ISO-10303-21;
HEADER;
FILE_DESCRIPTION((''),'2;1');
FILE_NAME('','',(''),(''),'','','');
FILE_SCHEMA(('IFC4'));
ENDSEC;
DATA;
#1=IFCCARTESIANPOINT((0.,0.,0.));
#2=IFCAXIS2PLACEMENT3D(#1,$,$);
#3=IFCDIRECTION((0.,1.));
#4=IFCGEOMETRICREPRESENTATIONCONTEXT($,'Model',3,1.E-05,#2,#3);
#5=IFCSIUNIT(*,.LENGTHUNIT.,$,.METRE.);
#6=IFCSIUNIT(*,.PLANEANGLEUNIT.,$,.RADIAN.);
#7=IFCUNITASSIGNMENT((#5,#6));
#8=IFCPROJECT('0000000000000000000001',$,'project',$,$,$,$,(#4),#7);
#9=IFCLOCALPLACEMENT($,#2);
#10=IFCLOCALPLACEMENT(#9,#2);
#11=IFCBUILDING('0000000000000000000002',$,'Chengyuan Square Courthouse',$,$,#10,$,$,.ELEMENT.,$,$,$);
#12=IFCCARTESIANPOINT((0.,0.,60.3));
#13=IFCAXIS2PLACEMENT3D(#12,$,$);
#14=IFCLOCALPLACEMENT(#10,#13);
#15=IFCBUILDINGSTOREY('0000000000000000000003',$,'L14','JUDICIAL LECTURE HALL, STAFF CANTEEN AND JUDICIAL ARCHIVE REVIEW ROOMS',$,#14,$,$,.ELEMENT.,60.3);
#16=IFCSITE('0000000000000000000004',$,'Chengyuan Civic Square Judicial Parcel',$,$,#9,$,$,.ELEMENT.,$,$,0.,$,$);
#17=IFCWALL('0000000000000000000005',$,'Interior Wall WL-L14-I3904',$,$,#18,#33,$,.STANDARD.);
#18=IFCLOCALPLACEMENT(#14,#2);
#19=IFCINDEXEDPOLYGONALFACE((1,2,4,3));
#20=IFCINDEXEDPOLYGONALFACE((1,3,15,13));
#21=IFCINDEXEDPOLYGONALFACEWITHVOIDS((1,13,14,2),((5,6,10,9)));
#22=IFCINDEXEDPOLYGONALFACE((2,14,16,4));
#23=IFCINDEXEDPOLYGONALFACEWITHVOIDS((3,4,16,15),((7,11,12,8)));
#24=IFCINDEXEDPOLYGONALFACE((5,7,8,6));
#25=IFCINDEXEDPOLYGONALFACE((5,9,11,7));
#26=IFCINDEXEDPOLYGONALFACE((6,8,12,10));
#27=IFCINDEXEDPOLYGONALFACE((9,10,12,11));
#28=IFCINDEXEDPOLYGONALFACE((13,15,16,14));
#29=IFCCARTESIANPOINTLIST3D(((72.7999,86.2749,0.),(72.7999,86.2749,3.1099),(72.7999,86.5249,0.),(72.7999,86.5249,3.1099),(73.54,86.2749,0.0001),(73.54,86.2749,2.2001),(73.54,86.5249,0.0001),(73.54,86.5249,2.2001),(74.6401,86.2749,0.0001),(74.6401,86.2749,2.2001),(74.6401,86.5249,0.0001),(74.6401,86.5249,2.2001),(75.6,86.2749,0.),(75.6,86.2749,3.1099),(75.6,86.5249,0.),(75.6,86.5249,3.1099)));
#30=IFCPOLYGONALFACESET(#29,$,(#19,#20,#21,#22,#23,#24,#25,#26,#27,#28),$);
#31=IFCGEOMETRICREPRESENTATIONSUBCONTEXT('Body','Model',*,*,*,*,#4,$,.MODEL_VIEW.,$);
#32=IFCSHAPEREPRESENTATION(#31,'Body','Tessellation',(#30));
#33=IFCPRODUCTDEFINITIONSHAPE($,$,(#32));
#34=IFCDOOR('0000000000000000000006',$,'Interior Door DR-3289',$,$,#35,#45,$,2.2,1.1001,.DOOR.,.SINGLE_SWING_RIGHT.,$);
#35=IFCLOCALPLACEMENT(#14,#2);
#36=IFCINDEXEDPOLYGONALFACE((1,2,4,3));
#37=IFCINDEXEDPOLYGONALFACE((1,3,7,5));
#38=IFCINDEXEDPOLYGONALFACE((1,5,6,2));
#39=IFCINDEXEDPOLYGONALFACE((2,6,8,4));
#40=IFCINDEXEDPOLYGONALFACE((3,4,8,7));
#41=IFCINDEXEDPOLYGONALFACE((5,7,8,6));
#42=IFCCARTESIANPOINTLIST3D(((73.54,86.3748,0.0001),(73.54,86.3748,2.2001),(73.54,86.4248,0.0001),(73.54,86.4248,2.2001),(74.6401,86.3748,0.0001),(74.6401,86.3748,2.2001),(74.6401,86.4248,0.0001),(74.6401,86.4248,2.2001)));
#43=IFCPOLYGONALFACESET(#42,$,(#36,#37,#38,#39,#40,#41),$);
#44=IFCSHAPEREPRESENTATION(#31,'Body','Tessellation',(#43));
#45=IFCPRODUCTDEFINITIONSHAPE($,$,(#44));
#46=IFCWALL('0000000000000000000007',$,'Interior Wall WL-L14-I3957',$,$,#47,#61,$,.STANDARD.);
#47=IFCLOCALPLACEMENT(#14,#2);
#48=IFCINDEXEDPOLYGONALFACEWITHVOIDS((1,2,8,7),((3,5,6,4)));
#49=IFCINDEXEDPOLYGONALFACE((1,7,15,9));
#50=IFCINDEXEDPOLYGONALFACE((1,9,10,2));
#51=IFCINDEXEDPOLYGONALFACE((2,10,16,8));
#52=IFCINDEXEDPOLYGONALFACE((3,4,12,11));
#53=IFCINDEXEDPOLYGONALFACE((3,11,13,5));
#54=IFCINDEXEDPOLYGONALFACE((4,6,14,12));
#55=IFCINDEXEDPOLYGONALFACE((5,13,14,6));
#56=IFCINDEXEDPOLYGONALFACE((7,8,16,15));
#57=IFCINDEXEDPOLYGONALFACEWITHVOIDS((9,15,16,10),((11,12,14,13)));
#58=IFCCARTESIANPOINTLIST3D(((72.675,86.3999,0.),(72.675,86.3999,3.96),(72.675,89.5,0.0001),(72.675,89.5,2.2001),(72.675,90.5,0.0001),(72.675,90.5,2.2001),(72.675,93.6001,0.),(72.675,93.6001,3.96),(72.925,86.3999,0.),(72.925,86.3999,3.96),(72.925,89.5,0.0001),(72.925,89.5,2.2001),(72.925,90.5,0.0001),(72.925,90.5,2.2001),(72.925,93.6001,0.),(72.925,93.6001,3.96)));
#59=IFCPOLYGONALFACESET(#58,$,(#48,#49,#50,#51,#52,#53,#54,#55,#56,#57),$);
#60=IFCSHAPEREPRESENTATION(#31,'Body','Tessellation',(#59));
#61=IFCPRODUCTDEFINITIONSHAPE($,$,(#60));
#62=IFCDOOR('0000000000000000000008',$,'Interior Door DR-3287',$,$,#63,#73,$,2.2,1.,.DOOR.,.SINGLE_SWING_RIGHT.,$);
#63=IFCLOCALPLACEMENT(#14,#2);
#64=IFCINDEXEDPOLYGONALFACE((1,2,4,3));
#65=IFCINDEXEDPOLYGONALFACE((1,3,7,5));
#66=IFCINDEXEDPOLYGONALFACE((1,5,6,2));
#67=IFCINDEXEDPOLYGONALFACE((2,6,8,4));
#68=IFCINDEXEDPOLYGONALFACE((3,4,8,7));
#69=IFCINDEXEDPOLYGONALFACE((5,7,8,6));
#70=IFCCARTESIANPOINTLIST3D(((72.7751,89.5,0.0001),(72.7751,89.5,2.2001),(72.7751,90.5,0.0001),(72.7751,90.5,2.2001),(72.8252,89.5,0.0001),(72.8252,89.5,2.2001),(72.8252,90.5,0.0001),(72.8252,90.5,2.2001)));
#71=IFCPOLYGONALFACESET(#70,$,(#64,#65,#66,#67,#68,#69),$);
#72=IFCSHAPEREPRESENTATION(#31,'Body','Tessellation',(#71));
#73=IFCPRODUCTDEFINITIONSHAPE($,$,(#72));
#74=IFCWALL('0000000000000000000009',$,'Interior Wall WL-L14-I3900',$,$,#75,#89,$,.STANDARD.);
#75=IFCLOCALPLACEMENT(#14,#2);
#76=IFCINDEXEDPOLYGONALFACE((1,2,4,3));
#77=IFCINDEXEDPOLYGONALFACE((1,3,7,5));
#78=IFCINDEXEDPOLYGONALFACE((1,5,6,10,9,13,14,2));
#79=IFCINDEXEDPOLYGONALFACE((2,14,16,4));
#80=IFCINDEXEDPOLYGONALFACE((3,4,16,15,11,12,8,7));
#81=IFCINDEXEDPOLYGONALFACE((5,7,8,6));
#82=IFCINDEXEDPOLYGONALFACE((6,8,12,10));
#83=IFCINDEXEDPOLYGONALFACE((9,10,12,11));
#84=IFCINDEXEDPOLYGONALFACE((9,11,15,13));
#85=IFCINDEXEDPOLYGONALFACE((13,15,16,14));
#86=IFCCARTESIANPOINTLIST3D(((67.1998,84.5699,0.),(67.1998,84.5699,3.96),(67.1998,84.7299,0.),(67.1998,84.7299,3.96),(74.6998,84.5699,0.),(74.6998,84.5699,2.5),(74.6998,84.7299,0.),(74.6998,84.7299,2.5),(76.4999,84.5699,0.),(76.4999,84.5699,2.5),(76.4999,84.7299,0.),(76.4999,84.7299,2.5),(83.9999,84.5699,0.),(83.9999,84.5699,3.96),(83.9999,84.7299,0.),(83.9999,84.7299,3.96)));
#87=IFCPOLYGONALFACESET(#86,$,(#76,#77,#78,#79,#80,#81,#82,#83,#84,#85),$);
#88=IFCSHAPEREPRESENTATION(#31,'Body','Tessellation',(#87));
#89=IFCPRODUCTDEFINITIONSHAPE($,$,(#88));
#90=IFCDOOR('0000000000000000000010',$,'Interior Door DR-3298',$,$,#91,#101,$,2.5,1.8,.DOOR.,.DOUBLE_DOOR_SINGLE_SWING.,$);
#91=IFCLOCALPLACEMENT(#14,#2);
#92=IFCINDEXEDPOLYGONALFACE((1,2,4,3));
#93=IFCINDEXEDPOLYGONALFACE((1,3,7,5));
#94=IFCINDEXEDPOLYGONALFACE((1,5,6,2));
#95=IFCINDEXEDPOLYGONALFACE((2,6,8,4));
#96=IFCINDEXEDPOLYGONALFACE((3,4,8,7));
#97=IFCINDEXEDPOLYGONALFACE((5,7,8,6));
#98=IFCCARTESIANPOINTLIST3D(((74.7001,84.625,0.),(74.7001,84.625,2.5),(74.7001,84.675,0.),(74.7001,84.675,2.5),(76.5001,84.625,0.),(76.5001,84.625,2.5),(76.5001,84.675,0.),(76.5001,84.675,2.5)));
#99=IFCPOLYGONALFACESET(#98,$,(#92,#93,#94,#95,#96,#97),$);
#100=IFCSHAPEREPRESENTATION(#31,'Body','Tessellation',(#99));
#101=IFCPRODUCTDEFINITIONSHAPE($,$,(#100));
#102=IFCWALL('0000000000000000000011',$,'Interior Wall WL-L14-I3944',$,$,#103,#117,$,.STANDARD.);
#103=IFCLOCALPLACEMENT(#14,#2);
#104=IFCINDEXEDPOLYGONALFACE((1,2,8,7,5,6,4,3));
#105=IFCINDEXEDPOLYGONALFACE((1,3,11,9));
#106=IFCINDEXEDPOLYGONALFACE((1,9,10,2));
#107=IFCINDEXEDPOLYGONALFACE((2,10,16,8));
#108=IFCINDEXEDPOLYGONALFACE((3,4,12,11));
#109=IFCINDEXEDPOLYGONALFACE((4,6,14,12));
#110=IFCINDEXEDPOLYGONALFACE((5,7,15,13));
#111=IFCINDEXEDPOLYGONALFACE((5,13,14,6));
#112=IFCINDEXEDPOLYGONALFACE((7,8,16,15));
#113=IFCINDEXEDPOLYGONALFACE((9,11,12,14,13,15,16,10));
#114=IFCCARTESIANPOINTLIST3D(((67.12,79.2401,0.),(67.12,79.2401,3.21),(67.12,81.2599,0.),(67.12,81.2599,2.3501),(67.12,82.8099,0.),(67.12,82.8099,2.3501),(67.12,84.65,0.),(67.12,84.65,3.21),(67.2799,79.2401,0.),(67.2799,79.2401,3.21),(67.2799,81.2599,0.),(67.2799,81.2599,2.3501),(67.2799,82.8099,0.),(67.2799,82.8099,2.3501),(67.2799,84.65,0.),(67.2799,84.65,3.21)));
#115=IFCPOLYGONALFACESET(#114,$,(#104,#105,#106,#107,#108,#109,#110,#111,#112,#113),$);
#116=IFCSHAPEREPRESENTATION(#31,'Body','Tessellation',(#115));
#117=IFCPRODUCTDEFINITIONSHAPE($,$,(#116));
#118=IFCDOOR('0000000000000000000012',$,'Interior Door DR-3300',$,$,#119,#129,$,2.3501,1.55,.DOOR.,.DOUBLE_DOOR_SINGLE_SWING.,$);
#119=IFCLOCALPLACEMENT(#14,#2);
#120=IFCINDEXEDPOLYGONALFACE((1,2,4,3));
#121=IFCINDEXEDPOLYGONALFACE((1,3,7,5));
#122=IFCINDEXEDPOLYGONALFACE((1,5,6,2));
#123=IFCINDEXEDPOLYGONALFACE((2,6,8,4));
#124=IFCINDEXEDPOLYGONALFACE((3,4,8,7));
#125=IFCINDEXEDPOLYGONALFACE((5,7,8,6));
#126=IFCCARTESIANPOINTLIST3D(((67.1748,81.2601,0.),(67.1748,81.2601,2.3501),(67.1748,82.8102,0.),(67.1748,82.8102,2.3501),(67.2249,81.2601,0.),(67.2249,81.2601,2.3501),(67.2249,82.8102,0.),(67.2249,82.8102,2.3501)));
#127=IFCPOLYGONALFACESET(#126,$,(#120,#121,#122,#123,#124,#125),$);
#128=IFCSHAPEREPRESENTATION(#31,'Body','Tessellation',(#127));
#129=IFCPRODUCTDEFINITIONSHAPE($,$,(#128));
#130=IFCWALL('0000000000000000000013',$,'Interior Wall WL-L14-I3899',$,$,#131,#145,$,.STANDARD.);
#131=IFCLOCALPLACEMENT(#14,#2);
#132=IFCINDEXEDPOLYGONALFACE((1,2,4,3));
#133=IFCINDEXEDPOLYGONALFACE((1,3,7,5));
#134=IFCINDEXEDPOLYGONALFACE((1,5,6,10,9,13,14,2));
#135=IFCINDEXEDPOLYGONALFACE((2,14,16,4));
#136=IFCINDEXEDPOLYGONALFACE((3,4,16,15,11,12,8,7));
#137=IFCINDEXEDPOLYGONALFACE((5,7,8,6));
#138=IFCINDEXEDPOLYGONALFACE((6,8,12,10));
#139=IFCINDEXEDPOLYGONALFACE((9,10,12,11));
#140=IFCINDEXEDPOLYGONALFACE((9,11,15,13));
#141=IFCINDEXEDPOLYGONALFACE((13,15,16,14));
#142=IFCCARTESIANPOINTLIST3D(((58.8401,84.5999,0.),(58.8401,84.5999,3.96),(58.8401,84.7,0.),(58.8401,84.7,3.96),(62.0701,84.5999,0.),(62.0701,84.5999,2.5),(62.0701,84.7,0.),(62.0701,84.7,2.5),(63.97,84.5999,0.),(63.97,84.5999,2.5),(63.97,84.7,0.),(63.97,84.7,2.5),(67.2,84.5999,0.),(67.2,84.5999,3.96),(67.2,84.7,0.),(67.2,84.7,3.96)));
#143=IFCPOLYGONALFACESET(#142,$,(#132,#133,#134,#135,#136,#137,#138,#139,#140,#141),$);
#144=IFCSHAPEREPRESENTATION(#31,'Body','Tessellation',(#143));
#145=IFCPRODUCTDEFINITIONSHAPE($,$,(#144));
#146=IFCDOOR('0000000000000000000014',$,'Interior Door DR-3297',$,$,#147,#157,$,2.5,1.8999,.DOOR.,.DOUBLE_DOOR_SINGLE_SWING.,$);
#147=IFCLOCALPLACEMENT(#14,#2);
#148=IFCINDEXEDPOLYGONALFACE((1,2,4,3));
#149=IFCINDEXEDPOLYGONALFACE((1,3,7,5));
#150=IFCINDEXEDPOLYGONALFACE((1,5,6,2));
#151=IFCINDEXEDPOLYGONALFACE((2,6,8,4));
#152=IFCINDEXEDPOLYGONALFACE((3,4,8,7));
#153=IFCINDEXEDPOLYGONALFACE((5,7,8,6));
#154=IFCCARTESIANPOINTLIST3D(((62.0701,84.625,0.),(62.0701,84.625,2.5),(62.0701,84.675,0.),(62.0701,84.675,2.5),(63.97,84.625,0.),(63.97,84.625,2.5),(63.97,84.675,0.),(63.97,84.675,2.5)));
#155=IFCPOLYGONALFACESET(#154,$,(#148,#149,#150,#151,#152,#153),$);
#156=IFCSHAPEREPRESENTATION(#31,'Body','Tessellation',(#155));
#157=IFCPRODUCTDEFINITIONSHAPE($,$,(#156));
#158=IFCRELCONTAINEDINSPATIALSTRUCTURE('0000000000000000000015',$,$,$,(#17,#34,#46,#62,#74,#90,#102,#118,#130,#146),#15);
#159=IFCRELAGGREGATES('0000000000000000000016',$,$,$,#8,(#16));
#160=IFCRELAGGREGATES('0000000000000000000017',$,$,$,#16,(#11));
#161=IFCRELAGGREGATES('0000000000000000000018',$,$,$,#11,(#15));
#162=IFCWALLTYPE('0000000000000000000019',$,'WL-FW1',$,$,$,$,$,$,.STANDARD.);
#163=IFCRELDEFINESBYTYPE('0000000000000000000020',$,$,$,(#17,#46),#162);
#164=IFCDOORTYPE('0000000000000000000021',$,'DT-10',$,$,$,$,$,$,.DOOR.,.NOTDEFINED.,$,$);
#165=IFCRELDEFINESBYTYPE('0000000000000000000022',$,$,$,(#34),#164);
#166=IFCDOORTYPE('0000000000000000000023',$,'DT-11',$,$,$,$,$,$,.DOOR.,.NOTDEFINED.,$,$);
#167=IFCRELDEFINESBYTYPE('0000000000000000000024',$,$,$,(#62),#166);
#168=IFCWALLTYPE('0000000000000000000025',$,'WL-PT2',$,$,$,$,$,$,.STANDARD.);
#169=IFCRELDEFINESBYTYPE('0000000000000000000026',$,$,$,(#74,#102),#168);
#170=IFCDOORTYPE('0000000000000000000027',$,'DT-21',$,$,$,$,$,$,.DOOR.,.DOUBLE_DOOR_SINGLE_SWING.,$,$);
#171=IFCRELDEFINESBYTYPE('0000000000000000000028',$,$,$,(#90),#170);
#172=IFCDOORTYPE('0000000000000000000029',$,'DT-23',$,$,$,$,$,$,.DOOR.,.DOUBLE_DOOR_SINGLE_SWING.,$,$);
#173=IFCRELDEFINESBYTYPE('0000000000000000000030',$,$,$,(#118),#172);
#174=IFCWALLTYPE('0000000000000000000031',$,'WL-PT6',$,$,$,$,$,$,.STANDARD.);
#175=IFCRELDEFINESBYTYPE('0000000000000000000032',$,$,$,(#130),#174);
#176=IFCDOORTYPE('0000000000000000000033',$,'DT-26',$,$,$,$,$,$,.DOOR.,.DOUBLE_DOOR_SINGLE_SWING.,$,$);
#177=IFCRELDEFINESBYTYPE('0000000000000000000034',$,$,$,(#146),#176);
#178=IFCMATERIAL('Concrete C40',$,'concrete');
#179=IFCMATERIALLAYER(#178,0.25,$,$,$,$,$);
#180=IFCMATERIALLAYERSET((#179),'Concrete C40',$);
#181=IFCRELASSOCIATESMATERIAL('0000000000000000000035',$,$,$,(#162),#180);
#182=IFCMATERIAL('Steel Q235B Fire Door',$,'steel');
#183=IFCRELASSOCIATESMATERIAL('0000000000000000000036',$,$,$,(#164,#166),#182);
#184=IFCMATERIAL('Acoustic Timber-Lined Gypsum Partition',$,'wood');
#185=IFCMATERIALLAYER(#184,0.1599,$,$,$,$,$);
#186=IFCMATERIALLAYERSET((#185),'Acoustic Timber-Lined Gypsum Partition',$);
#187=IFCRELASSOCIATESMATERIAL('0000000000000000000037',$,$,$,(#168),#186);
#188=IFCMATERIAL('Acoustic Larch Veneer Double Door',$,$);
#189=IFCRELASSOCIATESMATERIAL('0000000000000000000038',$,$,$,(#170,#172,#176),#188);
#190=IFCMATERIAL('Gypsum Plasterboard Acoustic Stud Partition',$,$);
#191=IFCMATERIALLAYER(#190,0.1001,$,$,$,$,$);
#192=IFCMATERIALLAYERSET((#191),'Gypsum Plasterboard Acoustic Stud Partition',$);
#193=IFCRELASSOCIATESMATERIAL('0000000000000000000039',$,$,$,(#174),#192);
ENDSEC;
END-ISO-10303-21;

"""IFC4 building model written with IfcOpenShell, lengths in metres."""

from ifc_helpers import new_model, si_unit, direction, frame, frame_2d, origin, place, context, subcontext, project, spatial, rectangle, extrude, material, layer, layer_set, type_object, element, fill, save


model = new_model("IFC4")

# Units and contexts
model_context = context("Model", 3, precision=1e-05, world=origin(), true_north=direction((0.0, 1.0)))
body_context = subcontext(model_context, "Body", "Model", "MODEL_VIEW")
ifc_project = project(units=[si_unit("LENGTHUNIT", "METRE"), si_unit("PLANEANGLEUNIT", "RADIAN")], contexts=[model_context])

# Site, building, storey
site_placement = place(None, origin())
site = spatial("IfcSite", under=ifc_project, at=site_placement, Name="Chengyuan Civic Square Judicial Parcel", CompositionType="ELEMENT", RefElevation=0.0)
building_placement = place(site_placement, origin())
building = spatial("IfcBuilding", under=site, at=building_placement, Name="Chengyuan Square Courthouse", CompositionType="ELEMENT")
storey_placement = place(building_placement, frame((0.0, 0.0, 60.3)))
storey = spatial("IfcBuildingStorey", under=building, at=storey_placement, Name="L14", Description="JUDICIAL LECTURE HALL, STAFF CANTEEN AND JUDICIAL ARCHIVE REVIEW ROOMS", CompositionType="ELEMENT", Elevation=60.3)

# Shared definitions
ifc_material_1 = material(Name="Concrete C40", Category="concrete")

# Walls, openings, doors
ifc_layer_1 = layer(ifc_material_1, 0.25)
ifc_layer_set_1 = layer_set([ifc_layer_1], Name="Concrete C40")
wall_type_1 = type_object("IfcWallType", Name="WL-FW1", PredefinedType="STANDARD", material=ifc_layer_set_1)
wall_1_placement = place(storey_placement, frame((72.8, 86.3999, 0.0), z_axis=(0.0, 0.0, 1.0), x_axis=(1.0, 0.0, 0.0)))
wall_1 = element("IfcWall", 1, at=wall_1_placement, inside=storey, type_object=wall_type_1, Name="Interior Wall WL-L14-I3904", PredefinedType="STANDARD", context=body_context, shape_type="SweptSolid", body=[
    extrude(rectangle(XDim=2.8, YDim=0.25, at=frame_2d((1.3999, 0.0))), origin(), (0.0, 0.0, 1.0), 3.1099),
])
opening_1_placement = place(wall_1_placement, frame((0.74, 0.0, 0.0)))
opening_1 = element("IfcOpeningElement", 2, at=opening_1_placement, cuts=wall_1, PredefinedType="OPENING", context=body_context, shape_type="SweptSolid", body=[
    extrude(rectangle(XDim=1.1001, YDim=2.2, at=frame_2d((0.55, 1.1001))), frame((0.0, 0.137, 0.0), z_axis=(0.0, -1.0, 0.0), x_axis=(1.0, 0.0, 0.0)), (0.0, 0.0, 1.0), 0.2739),
])
ifc_material_2 = material(Name="Steel Q235B Fire Door", Category="steel")
door_type_1 = type_object("IfcDoorType", Name="DT-10", OperationType="NOTDEFINED", PredefinedType="DOOR", material=ifc_material_2)
door_1_placement = place(opening_1_placement, origin())
door_1 = element("IfcDoor", 3, at=door_1_placement, inside=storey, type_object=door_type_1, Name="Interior Door DR-3289", OperationType="SINGLE_SWING_RIGHT", OverallHeight=2.2, OverallWidth=1.1001, PredefinedType="DOOR", context=body_context, shape_type="SweptSolid", body=[
    extrude(rectangle(XDim=1.1001, YDim=2.2, at=frame_2d((0.55, 1.1001))), frame((0.0, 0.0249, 0.0), z_axis=(0.0, -1.0, 0.0), x_axis=(1.0, 0.0, 0.0)), (0.0, 0.0, 1.0), 0.05),
])
fill(opening_1, door_1)
wall_2_placement = place(storey_placement, frame((72.8, 86.3999, 0.0), z_axis=(0.0, 0.0, 1.0), x_axis=(0.0, 1.0, 0.0)))
wall_2 = element("IfcWall", 4, at=wall_2_placement, inside=storey, type_object=wall_type_1, Name="Interior Wall WL-L14-I3957", PredefinedType="STANDARD", context=body_context, shape_type="SweptSolid", body=[
    extrude(rectangle(XDim=7.2002, YDim=0.25, at=frame_2d((3.6001, 0.0))), origin(), (0.0, 0.0, 1.0), 3.96),
])
opening_2_placement = place(wall_2_placement, frame((3.1001, 0.0, 0.0)))
opening_2 = element("IfcOpeningElement", 5, at=opening_2_placement, cuts=wall_2, PredefinedType="OPENING", context=body_context, shape_type="SweptSolid", body=[
    extrude(rectangle(XDim=1.0, YDim=2.2, at=frame_2d((0.5, 1.1001))), frame((0.0, 0.137, 0.0), z_axis=(0.0, -1.0, 0.0), x_axis=(1.0, 0.0, 0.0)), (0.0, 0.0, 1.0), 0.2739),
])
door_type_2 = type_object("IfcDoorType", Name="DT-11", OperationType="NOTDEFINED", PredefinedType="DOOR", material=ifc_material_2)
door_2_placement = place(opening_2_placement, origin())
door_2 = element("IfcDoor", 6, at=door_2_placement, inside=storey, type_object=door_type_2, Name="Interior Door DR-3287", OperationType="SINGLE_SWING_RIGHT", OverallHeight=2.2, OverallWidth=1.0, PredefinedType="DOOR", context=body_context, shape_type="SweptSolid", body=[
    extrude(rectangle(XDim=1.0, YDim=2.2, at=frame_2d((0.5, 1.1001))), frame((0.0, 0.0249, 0.0), z_axis=(0.0, -1.0, 0.0), x_axis=(1.0, 0.0, 0.0)), (0.0, 0.0, 1.0), 0.05),
])
fill(opening_2, door_2)
ifc_material_3 = material(Name="Acoustic Timber-Lined Gypsum Partition", Category="wood")
ifc_layer_2 = layer(ifc_material_3, 0.1599)
ifc_layer_set_2 = layer_set([ifc_layer_2], Name="Acoustic Timber-Lined Gypsum Partition")
wall_type_2 = type_object("IfcWallType", Name="WL-PT2", PredefinedType="STANDARD", material=ifc_layer_set_2)
wall_3_placement = place(storey_placement, frame((67.2, 84.6499, 0.0), z_axis=(0.0, 0.0, 1.0), x_axis=(1.0, 0.0, 0.0)))
wall_3 = element("IfcWall", 7, at=wall_3_placement, inside=storey, type_object=wall_type_2, Name="Interior Wall WL-L14-I3900", PredefinedType="STANDARD", context=body_context, shape_type="SweptSolid", body=[
    extrude(rectangle(XDim=16.8, YDim=0.1599, at=frame_2d((8.3999, 0.0))), origin(), (0.0, 0.0, 1.0), 3.96),
])
opening_3_placement = place(wall_3_placement, frame((7.5, 0.0, 0.0)))
opening_3 = element("IfcOpeningElement", 8, at=opening_3_placement, cuts=wall_3, PredefinedType="OPENING", context=body_context, shape_type="SweptSolid", body=[
    extrude(rectangle(XDim=1.8, YDim=2.5, at=frame_2d((0.8999, 1.25))), frame((0.0, 0.092, 0.0), z_axis=(0.0, -1.0, 0.0), x_axis=(1.0, 0.0, 0.0)), (0.0, 0.0, 1.0), 0.1838),
])
ifc_material_4 = material(Name="Acoustic Larch Veneer Double Door")
door_type_3 = type_object("IfcDoorType", Name="DT-21", OperationType="DOUBLE_DOOR_SINGLE_SWING", PredefinedType="DOOR", material=ifc_material_4)
door_3_placement = place(opening_3_placement, frame((1.8, 0.0, 0.0), z_axis=(0.0, 0.0, 1.0), x_axis=(-1.0, 0.0, 0.0)))
door_3 = element("IfcDoor", 9, at=door_3_placement, inside=storey, type_object=door_type_3, Name="Interior Door DR-3298", OperationType="DOUBLE_DOOR_SINGLE_SWING", OverallHeight=2.5, OverallWidth=1.8, PredefinedType="DOOR", context=body_context, shape_type="SweptSolid", body=[
    extrude(rectangle(XDim=1.8, YDim=2.5, at=frame_2d((0.8999, 1.25))), frame((0.0, 0.0249, 0.0), z_axis=(0.0, -1.0, 0.0), x_axis=(1.0, 0.0, 0.0)), (0.0, 0.0, 1.0), 0.05),
])
fill(opening_3, door_3)
wall_4_placement = place(storey_placement, frame((67.2, 79.24, 0.0), z_axis=(0.0, 0.0, 1.0), x_axis=(0.0, 1.0, 0.0)))
wall_4 = element("IfcWall", 10, at=wall_4_placement, inside=storey, type_object=wall_type_2, Name="Interior Wall WL-L14-I3944", PredefinedType="STANDARD", context=body_context, shape_type="SweptSolid", body=[
    extrude(rectangle(XDim=5.4099, YDim=0.1599, at=frame_2d((2.7051, 0.0))), origin(), (0.0, 0.0, 1.0), 3.21),
])
opening_4_placement = place(wall_4_placement, frame((2.02, 0.0, 0.0)))
opening_4 = element("IfcOpeningElement", 11, at=opening_4_placement, cuts=wall_4, PredefinedType="OPENING", context=body_context, shape_type="SweptSolid", body=[
    extrude(rectangle(XDim=1.55, YDim=2.3501, at=frame_2d((0.7749, 1.175))), frame((0.0, 0.092, 0.0), z_axis=(0.0, -1.0, 0.0), x_axis=(1.0, 0.0, 0.0)), (0.0, 0.0, 1.0), 0.1838),
])
door_type_4 = type_object("IfcDoorType", Name="DT-23", OperationType="DOUBLE_DOOR_SINGLE_SWING", PredefinedType="DOOR", material=ifc_material_4)
door_4_placement = place(opening_4_placement, frame((1.55, 0.0, 0.0), z_axis=(0.0, 0.0, 1.0), x_axis=(-1.0, 0.0, 0.0)))
door_4 = element("IfcDoor", 12, at=door_4_placement, inside=storey, type_object=door_type_4, Name="Interior Door DR-3300", OperationType="DOUBLE_DOOR_SINGLE_SWING", OverallHeight=2.3501, OverallWidth=1.55, PredefinedType="DOOR", context=body_context, shape_type="SweptSolid", body=[
    extrude(rectangle(XDim=1.55, YDim=2.3501, at=frame_2d((0.7749, 1.175))), frame((0.0, 0.0249, 0.0), z_axis=(0.0, -1.0, 0.0), x_axis=(1.0, 0.0, 0.0)), (0.0, 0.0, 1.0), 0.05),
])
fill(opening_4, door_4)
ifc_material_5 = material(Name="Gypsum Plasterboard Acoustic Stud Partition")
ifc_layer_3 = layer(ifc_material_5, 0.1001)
ifc_layer_set_3 = layer_set([ifc_layer_3], Name="Gypsum Plasterboard Acoustic Stud Partition")
wall_type_3 = type_object("IfcWallType", Name="WL-PT6", PredefinedType="STANDARD", material=ifc_layer_set_3)
wall_5_placement = place(storey_placement, frame((58.8401, 84.6499, 0.0), z_axis=(0.0, 0.0, 1.0), x_axis=(1.0, 0.0, 0.0)))
wall_5 = element("IfcWall", 13, at=wall_5_placement, inside=storey, type_object=wall_type_3, Name="Interior Wall WL-L14-I3899", PredefinedType="STANDARD", context=body_context, shape_type="SweptSolid", body=[
    extrude(rectangle(XDim=8.3599, YDim=0.1001, at=frame_2d((4.1799, 0.0))), origin(), (0.0, 0.0, 1.0), 3.96),
])
opening_5_placement = place(wall_5_placement, frame((3.23, 0.0, 0.0)))
opening_5 = element("IfcOpeningElement", 14, at=opening_5_placement, cuts=wall_5, PredefinedType="OPENING", context=body_context, shape_type="SweptSolid", body=[
    extrude(rectangle(XDim=1.8999, YDim=2.5, at=frame_2d((0.95, 1.25))), frame((0.0, 0.062, 0.0), z_axis=(0.0, -1.0, 0.0), x_axis=(1.0, 0.0, 0.0)), (0.0, 0.0, 1.0), 0.124),
])
door_type_5 = type_object("IfcDoorType", Name="DT-26", OperationType="DOUBLE_DOOR_SINGLE_SWING", PredefinedType="DOOR", material=ifc_material_4)
door_5_placement = place(opening_5_placement, frame((1.8999, 0.0, 0.0), z_axis=(0.0, 0.0, 1.0), x_axis=(-1.0, 0.0, 0.0)))
door_5 = element("IfcDoor", 15, at=door_5_placement, inside=storey, type_object=door_type_5, Name="Interior Door DR-3297", OperationType="DOUBLE_DOOR_SINGLE_SWING", OverallHeight=2.5, OverallWidth=1.8999, PredefinedType="DOOR", context=body_context, shape_type="SweptSolid", body=[
    extrude(rectangle(XDim=1.8999, YDim=2.5, at=frame_2d((0.95, 1.25))), frame((0.0, 0.0249, 0.0), z_axis=(0.0, -1.0, 0.0), x_axis=(1.0, 0.0, 0.0)), (0.0, 0.0, 1.0), 0.05),
])
fill(opening_5, door_5)

save(model, "model.ifc")
